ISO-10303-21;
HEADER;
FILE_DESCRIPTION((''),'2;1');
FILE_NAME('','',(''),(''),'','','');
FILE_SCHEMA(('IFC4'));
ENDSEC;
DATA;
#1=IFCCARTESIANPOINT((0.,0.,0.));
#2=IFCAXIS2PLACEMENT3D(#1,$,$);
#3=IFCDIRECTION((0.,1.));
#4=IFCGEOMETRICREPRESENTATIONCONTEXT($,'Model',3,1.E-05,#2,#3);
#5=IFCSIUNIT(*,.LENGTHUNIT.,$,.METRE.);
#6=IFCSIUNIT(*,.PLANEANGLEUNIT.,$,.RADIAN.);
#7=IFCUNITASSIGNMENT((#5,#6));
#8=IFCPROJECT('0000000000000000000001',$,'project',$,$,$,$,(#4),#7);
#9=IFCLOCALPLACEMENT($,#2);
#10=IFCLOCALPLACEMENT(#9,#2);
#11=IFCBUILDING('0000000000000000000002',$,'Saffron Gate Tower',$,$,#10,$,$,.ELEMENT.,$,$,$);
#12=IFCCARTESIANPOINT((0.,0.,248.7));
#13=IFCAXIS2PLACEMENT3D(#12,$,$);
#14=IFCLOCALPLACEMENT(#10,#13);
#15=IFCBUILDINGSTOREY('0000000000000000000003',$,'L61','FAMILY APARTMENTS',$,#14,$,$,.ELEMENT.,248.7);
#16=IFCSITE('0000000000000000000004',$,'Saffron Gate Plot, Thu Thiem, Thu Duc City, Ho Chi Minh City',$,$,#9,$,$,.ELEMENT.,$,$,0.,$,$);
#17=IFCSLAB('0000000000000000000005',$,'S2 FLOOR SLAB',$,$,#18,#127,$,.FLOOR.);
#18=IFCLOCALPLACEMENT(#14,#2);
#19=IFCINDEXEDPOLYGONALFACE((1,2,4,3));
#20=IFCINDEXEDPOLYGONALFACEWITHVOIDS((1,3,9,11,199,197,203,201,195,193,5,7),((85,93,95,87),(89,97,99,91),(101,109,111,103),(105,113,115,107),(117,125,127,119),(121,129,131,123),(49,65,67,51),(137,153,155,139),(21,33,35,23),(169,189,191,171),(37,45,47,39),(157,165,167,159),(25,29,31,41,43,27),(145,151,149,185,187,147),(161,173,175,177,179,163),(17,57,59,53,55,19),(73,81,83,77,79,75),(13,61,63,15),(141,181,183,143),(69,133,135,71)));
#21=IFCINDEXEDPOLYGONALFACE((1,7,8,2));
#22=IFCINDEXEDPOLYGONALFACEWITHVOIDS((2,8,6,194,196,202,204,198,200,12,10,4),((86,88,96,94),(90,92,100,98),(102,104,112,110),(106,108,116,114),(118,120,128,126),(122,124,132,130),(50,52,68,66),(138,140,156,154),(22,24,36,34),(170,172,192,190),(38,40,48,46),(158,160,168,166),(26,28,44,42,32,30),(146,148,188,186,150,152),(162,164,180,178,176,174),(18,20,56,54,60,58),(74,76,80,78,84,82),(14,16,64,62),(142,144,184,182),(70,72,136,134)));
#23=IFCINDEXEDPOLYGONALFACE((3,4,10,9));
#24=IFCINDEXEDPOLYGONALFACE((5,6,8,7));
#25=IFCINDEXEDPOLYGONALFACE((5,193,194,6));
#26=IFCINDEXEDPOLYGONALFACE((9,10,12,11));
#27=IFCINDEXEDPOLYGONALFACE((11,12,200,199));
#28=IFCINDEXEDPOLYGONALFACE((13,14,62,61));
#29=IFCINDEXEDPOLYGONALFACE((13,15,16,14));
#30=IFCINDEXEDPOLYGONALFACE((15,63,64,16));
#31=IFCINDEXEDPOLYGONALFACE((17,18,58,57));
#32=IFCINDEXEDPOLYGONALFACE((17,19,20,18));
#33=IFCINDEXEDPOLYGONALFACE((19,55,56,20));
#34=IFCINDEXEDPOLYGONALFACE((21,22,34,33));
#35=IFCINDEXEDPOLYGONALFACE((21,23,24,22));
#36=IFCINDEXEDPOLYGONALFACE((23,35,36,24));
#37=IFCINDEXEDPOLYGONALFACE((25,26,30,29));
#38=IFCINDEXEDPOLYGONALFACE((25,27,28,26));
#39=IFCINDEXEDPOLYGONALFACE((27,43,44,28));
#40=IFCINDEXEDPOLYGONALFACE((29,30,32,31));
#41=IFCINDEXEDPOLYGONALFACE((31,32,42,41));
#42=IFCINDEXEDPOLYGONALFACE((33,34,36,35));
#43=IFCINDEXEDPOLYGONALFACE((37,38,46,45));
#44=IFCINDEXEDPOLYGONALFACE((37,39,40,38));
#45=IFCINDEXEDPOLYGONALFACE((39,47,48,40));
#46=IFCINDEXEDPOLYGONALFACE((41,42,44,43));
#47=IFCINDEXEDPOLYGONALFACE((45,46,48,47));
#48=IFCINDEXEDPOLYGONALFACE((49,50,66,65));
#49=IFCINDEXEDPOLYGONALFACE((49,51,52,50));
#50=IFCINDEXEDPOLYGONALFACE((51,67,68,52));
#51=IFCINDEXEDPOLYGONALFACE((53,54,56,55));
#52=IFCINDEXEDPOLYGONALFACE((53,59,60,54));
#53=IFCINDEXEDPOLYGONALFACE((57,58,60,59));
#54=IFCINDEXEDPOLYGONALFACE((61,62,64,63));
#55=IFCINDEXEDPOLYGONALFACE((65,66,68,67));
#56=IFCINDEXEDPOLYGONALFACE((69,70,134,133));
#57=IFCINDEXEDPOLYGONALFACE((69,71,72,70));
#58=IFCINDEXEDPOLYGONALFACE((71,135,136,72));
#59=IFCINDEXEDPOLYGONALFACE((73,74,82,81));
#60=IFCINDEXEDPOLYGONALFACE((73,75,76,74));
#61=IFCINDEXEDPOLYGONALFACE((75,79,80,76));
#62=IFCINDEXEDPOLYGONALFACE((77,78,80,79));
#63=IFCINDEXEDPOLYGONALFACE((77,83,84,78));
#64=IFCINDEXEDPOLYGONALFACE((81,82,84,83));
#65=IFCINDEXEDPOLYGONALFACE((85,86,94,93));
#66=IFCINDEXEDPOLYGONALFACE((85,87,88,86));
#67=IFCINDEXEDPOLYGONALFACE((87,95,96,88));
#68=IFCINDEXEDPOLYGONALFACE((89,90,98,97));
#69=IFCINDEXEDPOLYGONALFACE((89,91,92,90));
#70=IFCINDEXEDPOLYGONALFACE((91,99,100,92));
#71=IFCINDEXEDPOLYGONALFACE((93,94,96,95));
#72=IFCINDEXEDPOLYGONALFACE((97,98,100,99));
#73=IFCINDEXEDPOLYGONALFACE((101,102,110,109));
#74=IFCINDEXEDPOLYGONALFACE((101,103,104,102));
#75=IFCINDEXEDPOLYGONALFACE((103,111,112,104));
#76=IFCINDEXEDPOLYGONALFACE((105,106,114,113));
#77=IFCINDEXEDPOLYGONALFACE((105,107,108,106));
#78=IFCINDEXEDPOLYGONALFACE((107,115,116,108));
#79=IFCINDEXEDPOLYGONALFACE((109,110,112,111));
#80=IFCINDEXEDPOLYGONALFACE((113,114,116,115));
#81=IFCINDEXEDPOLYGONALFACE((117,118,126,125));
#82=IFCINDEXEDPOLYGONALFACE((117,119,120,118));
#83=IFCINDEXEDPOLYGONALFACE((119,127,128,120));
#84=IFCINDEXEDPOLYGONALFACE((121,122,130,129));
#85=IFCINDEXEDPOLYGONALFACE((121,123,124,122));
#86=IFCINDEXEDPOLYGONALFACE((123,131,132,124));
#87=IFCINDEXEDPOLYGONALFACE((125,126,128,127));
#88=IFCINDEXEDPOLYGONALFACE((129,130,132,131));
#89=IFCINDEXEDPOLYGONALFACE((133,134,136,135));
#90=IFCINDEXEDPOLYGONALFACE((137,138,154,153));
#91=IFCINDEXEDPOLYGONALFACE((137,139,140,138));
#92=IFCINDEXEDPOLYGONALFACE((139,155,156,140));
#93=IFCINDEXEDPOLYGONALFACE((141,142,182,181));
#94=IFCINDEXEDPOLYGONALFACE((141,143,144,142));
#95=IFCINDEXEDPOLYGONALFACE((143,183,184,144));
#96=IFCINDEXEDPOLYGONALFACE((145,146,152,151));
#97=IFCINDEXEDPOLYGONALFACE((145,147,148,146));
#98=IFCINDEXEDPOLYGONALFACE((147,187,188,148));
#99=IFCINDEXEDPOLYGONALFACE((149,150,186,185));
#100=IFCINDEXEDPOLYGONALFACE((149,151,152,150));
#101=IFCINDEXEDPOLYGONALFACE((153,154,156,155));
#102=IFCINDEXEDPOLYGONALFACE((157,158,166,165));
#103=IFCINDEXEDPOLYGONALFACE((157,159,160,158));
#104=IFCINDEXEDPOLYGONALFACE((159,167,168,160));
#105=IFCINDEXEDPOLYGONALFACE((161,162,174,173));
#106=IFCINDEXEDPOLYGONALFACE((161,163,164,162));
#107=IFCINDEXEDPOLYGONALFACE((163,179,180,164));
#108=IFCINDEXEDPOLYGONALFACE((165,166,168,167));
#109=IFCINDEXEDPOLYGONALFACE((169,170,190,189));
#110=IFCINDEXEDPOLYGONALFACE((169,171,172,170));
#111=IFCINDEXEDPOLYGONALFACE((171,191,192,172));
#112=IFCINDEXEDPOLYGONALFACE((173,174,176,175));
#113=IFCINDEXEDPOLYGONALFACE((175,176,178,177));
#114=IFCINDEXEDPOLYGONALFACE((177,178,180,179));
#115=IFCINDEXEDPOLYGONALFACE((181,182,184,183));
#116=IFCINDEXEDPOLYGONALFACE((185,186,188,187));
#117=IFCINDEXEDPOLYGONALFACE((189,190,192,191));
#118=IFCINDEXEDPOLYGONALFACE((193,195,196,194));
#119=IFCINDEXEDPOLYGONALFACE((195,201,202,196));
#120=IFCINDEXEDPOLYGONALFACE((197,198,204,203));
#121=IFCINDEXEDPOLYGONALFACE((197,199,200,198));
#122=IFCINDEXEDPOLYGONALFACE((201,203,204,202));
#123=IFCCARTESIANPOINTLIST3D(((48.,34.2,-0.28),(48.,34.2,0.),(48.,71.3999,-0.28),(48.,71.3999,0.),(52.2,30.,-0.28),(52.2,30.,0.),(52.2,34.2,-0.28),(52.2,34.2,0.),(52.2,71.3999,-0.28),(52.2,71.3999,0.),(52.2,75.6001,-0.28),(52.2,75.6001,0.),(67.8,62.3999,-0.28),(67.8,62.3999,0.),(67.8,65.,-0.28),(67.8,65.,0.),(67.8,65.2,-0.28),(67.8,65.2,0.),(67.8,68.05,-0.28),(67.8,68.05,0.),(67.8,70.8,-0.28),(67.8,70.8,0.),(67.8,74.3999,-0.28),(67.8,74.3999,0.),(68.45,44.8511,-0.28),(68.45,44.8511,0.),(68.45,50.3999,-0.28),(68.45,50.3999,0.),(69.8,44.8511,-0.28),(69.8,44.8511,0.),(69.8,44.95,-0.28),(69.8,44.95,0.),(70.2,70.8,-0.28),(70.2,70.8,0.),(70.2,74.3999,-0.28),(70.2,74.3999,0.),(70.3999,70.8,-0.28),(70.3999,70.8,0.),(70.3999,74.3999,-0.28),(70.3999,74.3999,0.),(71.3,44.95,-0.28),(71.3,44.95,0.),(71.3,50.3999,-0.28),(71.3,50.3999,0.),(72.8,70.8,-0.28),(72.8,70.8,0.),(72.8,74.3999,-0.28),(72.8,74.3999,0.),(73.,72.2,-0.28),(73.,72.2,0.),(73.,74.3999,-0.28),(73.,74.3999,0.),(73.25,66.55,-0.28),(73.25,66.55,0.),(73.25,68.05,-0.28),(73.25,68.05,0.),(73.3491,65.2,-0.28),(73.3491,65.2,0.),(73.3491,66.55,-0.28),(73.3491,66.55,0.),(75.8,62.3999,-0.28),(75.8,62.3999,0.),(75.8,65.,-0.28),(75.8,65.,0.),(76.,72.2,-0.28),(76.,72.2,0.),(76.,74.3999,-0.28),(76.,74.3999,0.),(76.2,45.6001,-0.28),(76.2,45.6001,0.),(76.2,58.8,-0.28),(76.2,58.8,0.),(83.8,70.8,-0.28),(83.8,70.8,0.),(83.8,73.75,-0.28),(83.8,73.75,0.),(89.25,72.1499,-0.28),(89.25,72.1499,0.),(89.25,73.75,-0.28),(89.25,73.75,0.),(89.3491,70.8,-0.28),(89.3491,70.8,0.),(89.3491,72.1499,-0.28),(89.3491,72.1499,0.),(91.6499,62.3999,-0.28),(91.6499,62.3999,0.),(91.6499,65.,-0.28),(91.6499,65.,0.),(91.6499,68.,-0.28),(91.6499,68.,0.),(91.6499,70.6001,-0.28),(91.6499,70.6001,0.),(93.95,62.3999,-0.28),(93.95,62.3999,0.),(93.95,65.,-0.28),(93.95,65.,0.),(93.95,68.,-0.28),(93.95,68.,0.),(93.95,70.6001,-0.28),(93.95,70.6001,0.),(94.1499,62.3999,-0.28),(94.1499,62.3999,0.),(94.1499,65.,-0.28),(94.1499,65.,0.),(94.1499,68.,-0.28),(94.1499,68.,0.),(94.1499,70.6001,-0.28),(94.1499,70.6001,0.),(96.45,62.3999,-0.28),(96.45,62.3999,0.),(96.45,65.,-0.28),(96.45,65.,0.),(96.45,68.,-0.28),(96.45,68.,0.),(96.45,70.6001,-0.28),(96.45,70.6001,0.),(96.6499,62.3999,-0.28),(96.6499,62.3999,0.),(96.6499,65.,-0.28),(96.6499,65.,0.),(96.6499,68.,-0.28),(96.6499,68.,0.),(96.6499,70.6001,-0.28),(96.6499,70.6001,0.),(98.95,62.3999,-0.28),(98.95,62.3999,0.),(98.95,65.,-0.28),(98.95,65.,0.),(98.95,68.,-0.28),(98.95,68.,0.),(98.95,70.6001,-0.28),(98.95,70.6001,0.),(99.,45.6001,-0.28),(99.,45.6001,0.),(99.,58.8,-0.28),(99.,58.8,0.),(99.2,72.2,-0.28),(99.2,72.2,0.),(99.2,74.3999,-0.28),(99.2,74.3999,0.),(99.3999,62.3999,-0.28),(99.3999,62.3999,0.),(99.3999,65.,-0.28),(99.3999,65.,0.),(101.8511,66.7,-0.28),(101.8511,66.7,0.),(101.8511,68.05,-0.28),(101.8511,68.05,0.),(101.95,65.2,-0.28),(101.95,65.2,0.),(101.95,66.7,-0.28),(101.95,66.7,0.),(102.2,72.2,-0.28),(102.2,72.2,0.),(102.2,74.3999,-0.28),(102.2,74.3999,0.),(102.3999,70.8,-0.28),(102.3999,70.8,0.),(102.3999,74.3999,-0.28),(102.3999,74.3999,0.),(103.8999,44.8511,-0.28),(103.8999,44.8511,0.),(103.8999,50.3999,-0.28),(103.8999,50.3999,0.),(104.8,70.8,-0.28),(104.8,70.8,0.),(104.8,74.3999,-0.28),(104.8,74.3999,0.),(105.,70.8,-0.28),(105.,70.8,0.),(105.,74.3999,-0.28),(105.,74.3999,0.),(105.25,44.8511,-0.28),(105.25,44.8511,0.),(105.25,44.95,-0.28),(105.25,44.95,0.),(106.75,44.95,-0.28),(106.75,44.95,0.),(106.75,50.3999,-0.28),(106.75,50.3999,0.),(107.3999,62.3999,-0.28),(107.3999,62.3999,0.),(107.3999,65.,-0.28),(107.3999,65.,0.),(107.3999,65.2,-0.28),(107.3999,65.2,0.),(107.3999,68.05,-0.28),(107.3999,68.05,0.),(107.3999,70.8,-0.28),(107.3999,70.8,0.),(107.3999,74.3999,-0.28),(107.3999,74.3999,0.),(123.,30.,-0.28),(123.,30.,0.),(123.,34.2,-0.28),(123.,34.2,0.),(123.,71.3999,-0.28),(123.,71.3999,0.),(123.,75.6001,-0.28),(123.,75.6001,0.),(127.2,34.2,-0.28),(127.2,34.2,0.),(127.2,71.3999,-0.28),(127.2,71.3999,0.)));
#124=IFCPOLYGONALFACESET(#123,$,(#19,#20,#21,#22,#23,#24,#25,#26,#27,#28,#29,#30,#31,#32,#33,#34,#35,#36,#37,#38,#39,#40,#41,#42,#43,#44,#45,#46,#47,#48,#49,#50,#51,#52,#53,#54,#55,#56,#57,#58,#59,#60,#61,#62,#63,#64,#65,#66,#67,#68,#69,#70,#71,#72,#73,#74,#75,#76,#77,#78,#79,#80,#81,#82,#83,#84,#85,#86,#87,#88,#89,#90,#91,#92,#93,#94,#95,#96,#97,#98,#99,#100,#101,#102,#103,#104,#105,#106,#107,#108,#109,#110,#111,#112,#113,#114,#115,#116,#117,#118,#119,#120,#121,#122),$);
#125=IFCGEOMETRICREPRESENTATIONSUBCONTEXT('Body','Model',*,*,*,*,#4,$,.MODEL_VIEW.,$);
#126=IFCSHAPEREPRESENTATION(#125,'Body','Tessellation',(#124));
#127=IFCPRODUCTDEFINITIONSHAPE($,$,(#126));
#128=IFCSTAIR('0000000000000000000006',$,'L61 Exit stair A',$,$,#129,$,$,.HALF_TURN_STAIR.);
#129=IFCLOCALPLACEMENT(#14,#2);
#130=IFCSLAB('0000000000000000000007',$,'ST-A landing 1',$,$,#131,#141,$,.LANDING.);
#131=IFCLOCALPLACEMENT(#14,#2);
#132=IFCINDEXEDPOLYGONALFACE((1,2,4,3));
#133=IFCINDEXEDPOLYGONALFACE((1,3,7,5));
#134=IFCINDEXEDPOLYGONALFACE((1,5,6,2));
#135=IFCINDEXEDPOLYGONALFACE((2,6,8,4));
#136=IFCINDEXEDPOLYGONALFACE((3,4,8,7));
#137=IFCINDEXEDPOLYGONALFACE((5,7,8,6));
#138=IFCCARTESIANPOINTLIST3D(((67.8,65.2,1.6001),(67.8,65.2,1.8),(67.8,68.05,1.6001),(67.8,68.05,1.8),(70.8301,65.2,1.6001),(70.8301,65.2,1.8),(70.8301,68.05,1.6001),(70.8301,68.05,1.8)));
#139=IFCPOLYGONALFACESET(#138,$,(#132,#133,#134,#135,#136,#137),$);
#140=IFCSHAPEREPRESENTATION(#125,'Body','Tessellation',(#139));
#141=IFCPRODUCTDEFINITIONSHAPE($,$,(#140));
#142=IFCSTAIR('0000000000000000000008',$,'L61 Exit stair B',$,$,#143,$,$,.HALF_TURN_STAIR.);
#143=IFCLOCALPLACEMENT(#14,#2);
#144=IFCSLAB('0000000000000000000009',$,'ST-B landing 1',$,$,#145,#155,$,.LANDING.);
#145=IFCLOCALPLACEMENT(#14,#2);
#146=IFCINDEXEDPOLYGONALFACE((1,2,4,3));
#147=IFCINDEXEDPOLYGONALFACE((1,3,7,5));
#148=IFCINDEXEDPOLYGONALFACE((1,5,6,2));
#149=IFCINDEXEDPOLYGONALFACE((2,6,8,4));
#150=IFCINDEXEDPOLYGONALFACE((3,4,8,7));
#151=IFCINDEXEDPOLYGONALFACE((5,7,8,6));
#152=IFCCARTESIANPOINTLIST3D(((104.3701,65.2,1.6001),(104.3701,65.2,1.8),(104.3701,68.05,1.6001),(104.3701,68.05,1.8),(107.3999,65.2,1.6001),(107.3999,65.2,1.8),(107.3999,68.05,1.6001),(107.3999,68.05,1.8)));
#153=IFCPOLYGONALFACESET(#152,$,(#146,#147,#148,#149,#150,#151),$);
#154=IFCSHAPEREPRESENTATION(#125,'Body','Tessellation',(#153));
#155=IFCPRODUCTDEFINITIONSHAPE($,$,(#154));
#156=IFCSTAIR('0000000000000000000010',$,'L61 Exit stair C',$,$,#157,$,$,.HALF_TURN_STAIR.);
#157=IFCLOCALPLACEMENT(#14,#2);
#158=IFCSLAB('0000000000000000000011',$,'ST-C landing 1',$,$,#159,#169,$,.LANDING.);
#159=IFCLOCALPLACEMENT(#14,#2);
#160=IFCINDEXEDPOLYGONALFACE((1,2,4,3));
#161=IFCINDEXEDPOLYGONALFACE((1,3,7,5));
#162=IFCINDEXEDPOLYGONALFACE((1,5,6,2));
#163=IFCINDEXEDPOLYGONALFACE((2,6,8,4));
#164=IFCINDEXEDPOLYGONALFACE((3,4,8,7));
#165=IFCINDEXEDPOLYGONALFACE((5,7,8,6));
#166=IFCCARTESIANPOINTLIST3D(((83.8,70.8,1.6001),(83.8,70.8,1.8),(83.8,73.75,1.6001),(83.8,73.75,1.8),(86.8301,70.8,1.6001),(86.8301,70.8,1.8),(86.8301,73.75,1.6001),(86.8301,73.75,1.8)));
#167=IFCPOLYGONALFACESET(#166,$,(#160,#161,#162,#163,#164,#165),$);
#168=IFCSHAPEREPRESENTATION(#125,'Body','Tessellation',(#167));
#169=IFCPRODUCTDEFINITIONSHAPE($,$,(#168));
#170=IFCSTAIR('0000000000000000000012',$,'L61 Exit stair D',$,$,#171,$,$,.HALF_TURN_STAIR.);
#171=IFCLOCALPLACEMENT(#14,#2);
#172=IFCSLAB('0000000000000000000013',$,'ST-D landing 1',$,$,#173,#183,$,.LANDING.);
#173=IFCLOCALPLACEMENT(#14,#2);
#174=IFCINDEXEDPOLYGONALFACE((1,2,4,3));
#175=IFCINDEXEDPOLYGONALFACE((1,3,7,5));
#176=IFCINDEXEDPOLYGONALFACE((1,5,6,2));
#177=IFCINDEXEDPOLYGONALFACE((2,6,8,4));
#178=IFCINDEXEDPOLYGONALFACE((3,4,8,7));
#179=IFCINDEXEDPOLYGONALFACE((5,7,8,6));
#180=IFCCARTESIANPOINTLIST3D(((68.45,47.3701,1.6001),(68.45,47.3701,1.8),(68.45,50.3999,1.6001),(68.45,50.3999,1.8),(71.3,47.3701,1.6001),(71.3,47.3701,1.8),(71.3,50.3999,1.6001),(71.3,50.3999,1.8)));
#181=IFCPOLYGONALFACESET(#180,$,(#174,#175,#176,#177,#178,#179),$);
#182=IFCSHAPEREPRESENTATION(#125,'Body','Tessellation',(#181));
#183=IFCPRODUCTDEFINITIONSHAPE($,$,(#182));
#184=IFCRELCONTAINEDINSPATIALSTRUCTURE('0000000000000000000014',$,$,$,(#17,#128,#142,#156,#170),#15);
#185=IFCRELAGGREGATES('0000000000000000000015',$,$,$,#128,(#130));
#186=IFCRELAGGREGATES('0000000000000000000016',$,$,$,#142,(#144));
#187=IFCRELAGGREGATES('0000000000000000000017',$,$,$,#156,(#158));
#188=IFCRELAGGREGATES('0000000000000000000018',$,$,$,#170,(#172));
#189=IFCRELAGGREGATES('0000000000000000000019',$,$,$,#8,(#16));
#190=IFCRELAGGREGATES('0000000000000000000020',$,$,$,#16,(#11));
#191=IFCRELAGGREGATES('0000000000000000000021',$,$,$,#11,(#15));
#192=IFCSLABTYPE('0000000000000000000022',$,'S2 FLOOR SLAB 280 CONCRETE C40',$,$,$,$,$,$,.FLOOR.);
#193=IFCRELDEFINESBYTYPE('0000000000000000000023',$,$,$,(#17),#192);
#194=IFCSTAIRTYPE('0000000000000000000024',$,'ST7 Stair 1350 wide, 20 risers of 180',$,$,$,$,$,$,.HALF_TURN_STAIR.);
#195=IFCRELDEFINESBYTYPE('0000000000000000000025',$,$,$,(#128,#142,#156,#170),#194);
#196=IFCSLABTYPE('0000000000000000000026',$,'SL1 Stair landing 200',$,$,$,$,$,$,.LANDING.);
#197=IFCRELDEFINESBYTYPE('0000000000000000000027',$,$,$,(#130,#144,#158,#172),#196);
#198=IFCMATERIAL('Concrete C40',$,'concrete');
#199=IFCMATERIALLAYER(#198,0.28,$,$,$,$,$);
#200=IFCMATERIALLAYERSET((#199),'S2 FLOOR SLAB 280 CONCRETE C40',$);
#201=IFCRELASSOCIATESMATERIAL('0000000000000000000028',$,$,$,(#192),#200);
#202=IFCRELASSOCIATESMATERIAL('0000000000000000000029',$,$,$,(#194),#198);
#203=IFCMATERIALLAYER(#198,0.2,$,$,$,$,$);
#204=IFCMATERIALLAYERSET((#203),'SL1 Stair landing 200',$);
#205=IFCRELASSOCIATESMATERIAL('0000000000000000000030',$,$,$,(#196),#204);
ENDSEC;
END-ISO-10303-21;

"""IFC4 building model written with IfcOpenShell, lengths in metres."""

from ifc_helpers import new_model, si_unit, direction, frame, origin, place, context, subcontext, project, spatial, polyline, outline, extrude, material, layer, layer_set, type_object, element, aggregate, save


model = new_model("IFC4")

# Units and contexts
model_context = context("Model", 3, precision=1e-05, world=origin(), true_north=direction((0.0, 1.0)))
body_context = subcontext(model_context, "Body", "Model", "MODEL_VIEW")
ifc_project = project(units=[si_unit("LENGTHUNIT", "METRE"), si_unit("PLANEANGLEUNIT", "RADIAN")], contexts=[model_context])

# Site, building, storey
site_placement = place(None, origin())
site = spatial("IfcSite", under=ifc_project, at=site_placement, Name="Saffron Gate Plot, Thu Thiem, Thu Duc City, Ho Chi Minh City", CompositionType="ELEMENT", RefElevation=0.0)
building_placement = place(site_placement, origin())
building = spatial("IfcBuilding", under=site, at=building_placement, Name="Saffron Gate Tower", CompositionType="ELEMENT")
storey_placement = place(building_placement, frame((0.0, 0.0, 248.7)))
storey = spatial("IfcBuildingStorey", under=building, at=storey_placement, Name="L61", Description="FAMILY APARTMENTS", CompositionType="ELEMENT", Elevation=248.7)

# Slab
ifc_material_1 = material(Name="Concrete C40", Category="concrete")
ifc_layer_1 = layer(ifc_material_1, 0.28)
ifc_layer_set_1 = layer_set([ifc_layer_1], Name="S2 FLOOR SLAB 280 CONCRETE C40")
slab_type_1 = type_object("IfcSlabType", Name="S2 FLOOR SLAB 280 CONCRETE C40", PredefinedType="FLOOR", material=ifc_layer_set_1)
slab_1_placement = place(storey_placement, frame((0.0, 0.0, -0.28)))
element("IfcSlab", 1, at=slab_1_placement, inside=storey, type_object=slab_type_1, Name="S2 FLOOR SLAB", PredefinedType="FLOOR", context=body_context, shape_type="SweptSolid", body=[
    extrude(outline(polyline([(48.0, 34.2), (52.2, 34.2), (52.2, 30.0), (123.0, 30.0), (123.0, 34.2), (127.2, 34.2), (127.2, 71.3999), (123.0, 71.3999), (123.0, 75.6001), (52.2, 75.6001), (52.2, 71.3999), (48.0, 71.3999), (48.0, 34.2)]), holes=[polyline([(67.8, 62.3999), (67.8, 65.0), (75.8, 65.0), (75.8, 62.3999), (67.8, 62.3999)]), polyline([(67.8, 65.2), (67.8, 68.05), (73.25, 68.05), (73.25, 66.55), (73.3491, 66.55), (73.3491, 65.2), (67.8, 65.2)]), polyline([(67.8, 70.8), (67.8, 74.3999), (70.2, 74.3999), (70.2, 70.8), (67.8, 70.8)]), polyline([(68.45, 44.8511), (68.45, 50.3999), (71.3, 50.3999), (71.3, 44.95), (69.8, 44.95), (69.8, 44.8511), (68.45, 44.8511)]), polyline([(70.3999, 70.8), (70.3999, 74.3999), (72.8, 74.3999), (72.8, 70.8), (70.3999, 70.8)]), polyline([(73.0, 72.2), (73.0, 74.3999), (76.0, 74.3999), (76.0, 72.2), (73.0, 72.2)]), polyline([(76.2, 45.6001), (76.2, 58.8), (99.0, 58.8), (99.0, 45.6001), (76.2, 45.6001)]), polyline([(83.8, 70.8), (83.8, 73.75), (89.25, 73.75), (89.25, 72.1499), (89.3491, 72.1499), (89.3491, 70.8), (83.8, 70.8)]), polyline([(91.6499, 62.3999), (91.6499, 65.0), (93.95, 65.0), (93.95, 62.3999), (91.6499, 62.3999)]), polyline([(91.6499, 68.0), (91.6499, 70.6001), (93.95, 70.6001), (93.95, 68.0), (91.6499, 68.0)]), polyline([(94.1499, 62.3999), (94.1499, 65.0), (96.45, 65.0), (96.45, 62.3999), (94.1499, 62.3999)]), polyline([(94.1499, 68.0), (94.1499, 70.6001), (96.45, 70.6001), (96.45, 68.0), (94.1499, 68.0)]), polyline([(96.6499, 62.3999), (96.6499, 65.0), (98.95, 65.0), (98.95, 62.3999), (96.6499, 62.3999)]), polyline([(96.6499, 68.0), (96.6499, 70.6001), (98.95, 70.6001), (98.95, 68.0), (96.6499, 68.0)]), polyline([(99.2, 72.2), (99.2, 74.3999), (102.2, 74.3999), (102.2, 72.2), (99.2, 72.2)]), polyline([(99.3999, 62.3999), (99.3999, 65.0), (107.3999, 65.0), (107.3999, 62.3999), (99.3999, 62.3999)]), polyline([(101.8511, 66.7), (101.8511, 68.05), (107.3999, 68.05), (107.3999, 65.2), (101.95, 65.2), (101.95, 66.7), (101.8511, 66.7)]), polyline([(102.3999, 70.8), (102.3999, 74.3999), (104.8, 74.3999), (104.8, 70.8), (102.3999, 70.8)]), polyline([(103.8999, 44.8511), (103.8999, 50.3999), (106.75, 50.3999), (106.75, 44.95), (105.25, 44.95), (105.25, 44.8511), (103.8999, 44.8511)]), polyline([(105.0, 70.8), (105.0, 74.3999), (107.3999, 74.3999), (107.3999, 70.8), (105.0, 70.8)])]), origin(), (0.0, 0.0, 1.0), 0.28),
])

# Stairs, slabs
stair_type = type_object("IfcStairType", Name="ST7 Stair 1350 wide, 20 risers of 180", PredefinedType="HALF_TURN_STAIR", material=ifc_material_1)
stair_1_placement = place(storey_placement, origin())
stair_1 = element("IfcStair", 2, at=stair_1_placement, inside=storey, type_object=stair_type, Name="L61 Exit stair A", PredefinedType="HALF_TURN_STAIR")
ifc_layer_2 = layer(ifc_material_1, 0.2)
ifc_layer_set_2 = layer_set([ifc_layer_2], Name="SL1 Stair landing 200")
slab_type_2 = type_object("IfcSlabType", Name="SL1 Stair landing 200", PredefinedType="LANDING", material=ifc_layer_set_2)
slab_2_placement = place(storey_placement, frame((0.0, 0.0, 1.6001)))
slab_2 = element("IfcSlab", 3, at=slab_2_placement, type_object=slab_type_2, Name="ST-A landing 1", PredefinedType="LANDING", context=body_context, shape_type="SweptSolid", body=[
    extrude(outline(polyline([(70.8301, 68.05), (67.8, 68.05), (67.8, 65.2), (70.8301, 65.2), (70.8301, 68.05)])), origin(), (0.0, 0.0, 1.0), 0.2),
])
aggregate(stair_1, [slab_2])
stair_2_placement = place(storey_placement, origin())
stair_2 = element("IfcStair", 4, at=stair_2_placement, inside=storey, type_object=stair_type, Name="L61 Exit stair B", PredefinedType="HALF_TURN_STAIR")
slab_3_placement = place(storey_placement, frame((0.0, 0.0, 1.6001)))
slab_3 = element("IfcSlab", 5, at=slab_3_placement, type_object=slab_type_2, Name="ST-B landing 1", PredefinedType="LANDING", context=body_context, shape_type="SweptSolid", body=[
    extrude(outline(polyline([(104.3701, 65.2), (107.3999, 65.2), (107.3999, 68.05), (104.3701, 68.05), (104.3701, 65.2)])), origin(), (0.0, 0.0, 1.0), 0.2),
])
aggregate(stair_2, [slab_3])
stair_3_placement = place(storey_placement, origin())
stair_3 = element("IfcStair", 6, at=stair_3_placement, inside=storey, type_object=stair_type, Name="L61 Exit stair C", PredefinedType="HALF_TURN_STAIR")
slab_4_placement = place(storey_placement, frame((0.0, 0.0, 1.6001)))
slab_4 = element("IfcSlab", 7, at=slab_4_placement, type_object=slab_type_2, Name="ST-C landing 1", PredefinedType="LANDING", context=body_context, shape_type="SweptSolid", body=[
    extrude(outline(polyline([(86.8301, 73.75), (83.8, 73.75), (83.8, 70.8), (86.8301, 70.8), (86.8301, 73.75)])), origin(), (0.0, 0.0, 1.0), 0.2),
])
aggregate(stair_3, [slab_4])
stair_4_placement = place(storey_placement, origin())
stair_4 = element("IfcStair", 8, at=stair_4_placement, inside=storey, type_object=stair_type, Name="L61 Exit stair D", PredefinedType="HALF_TURN_STAIR")
slab_5_placement = place(storey_placement, frame((0.0, 0.0, 1.6001)))
slab_5 = element("IfcSlab", 9, at=slab_5_placement, type_object=slab_type_2, Name="ST-D landing 1", PredefinedType="LANDING", context=body_context, shape_type="SweptSolid", body=[
    extrude(outline(polyline([(71.3, 47.3701), (71.3, 50.3999), (68.45, 50.3999), (68.45, 47.3701), (71.3, 47.3701)])), origin(), (0.0, 0.0, 1.0), 0.2),
])
aggregate(stair_4, [slab_5])

save(model, "model.ifc")
